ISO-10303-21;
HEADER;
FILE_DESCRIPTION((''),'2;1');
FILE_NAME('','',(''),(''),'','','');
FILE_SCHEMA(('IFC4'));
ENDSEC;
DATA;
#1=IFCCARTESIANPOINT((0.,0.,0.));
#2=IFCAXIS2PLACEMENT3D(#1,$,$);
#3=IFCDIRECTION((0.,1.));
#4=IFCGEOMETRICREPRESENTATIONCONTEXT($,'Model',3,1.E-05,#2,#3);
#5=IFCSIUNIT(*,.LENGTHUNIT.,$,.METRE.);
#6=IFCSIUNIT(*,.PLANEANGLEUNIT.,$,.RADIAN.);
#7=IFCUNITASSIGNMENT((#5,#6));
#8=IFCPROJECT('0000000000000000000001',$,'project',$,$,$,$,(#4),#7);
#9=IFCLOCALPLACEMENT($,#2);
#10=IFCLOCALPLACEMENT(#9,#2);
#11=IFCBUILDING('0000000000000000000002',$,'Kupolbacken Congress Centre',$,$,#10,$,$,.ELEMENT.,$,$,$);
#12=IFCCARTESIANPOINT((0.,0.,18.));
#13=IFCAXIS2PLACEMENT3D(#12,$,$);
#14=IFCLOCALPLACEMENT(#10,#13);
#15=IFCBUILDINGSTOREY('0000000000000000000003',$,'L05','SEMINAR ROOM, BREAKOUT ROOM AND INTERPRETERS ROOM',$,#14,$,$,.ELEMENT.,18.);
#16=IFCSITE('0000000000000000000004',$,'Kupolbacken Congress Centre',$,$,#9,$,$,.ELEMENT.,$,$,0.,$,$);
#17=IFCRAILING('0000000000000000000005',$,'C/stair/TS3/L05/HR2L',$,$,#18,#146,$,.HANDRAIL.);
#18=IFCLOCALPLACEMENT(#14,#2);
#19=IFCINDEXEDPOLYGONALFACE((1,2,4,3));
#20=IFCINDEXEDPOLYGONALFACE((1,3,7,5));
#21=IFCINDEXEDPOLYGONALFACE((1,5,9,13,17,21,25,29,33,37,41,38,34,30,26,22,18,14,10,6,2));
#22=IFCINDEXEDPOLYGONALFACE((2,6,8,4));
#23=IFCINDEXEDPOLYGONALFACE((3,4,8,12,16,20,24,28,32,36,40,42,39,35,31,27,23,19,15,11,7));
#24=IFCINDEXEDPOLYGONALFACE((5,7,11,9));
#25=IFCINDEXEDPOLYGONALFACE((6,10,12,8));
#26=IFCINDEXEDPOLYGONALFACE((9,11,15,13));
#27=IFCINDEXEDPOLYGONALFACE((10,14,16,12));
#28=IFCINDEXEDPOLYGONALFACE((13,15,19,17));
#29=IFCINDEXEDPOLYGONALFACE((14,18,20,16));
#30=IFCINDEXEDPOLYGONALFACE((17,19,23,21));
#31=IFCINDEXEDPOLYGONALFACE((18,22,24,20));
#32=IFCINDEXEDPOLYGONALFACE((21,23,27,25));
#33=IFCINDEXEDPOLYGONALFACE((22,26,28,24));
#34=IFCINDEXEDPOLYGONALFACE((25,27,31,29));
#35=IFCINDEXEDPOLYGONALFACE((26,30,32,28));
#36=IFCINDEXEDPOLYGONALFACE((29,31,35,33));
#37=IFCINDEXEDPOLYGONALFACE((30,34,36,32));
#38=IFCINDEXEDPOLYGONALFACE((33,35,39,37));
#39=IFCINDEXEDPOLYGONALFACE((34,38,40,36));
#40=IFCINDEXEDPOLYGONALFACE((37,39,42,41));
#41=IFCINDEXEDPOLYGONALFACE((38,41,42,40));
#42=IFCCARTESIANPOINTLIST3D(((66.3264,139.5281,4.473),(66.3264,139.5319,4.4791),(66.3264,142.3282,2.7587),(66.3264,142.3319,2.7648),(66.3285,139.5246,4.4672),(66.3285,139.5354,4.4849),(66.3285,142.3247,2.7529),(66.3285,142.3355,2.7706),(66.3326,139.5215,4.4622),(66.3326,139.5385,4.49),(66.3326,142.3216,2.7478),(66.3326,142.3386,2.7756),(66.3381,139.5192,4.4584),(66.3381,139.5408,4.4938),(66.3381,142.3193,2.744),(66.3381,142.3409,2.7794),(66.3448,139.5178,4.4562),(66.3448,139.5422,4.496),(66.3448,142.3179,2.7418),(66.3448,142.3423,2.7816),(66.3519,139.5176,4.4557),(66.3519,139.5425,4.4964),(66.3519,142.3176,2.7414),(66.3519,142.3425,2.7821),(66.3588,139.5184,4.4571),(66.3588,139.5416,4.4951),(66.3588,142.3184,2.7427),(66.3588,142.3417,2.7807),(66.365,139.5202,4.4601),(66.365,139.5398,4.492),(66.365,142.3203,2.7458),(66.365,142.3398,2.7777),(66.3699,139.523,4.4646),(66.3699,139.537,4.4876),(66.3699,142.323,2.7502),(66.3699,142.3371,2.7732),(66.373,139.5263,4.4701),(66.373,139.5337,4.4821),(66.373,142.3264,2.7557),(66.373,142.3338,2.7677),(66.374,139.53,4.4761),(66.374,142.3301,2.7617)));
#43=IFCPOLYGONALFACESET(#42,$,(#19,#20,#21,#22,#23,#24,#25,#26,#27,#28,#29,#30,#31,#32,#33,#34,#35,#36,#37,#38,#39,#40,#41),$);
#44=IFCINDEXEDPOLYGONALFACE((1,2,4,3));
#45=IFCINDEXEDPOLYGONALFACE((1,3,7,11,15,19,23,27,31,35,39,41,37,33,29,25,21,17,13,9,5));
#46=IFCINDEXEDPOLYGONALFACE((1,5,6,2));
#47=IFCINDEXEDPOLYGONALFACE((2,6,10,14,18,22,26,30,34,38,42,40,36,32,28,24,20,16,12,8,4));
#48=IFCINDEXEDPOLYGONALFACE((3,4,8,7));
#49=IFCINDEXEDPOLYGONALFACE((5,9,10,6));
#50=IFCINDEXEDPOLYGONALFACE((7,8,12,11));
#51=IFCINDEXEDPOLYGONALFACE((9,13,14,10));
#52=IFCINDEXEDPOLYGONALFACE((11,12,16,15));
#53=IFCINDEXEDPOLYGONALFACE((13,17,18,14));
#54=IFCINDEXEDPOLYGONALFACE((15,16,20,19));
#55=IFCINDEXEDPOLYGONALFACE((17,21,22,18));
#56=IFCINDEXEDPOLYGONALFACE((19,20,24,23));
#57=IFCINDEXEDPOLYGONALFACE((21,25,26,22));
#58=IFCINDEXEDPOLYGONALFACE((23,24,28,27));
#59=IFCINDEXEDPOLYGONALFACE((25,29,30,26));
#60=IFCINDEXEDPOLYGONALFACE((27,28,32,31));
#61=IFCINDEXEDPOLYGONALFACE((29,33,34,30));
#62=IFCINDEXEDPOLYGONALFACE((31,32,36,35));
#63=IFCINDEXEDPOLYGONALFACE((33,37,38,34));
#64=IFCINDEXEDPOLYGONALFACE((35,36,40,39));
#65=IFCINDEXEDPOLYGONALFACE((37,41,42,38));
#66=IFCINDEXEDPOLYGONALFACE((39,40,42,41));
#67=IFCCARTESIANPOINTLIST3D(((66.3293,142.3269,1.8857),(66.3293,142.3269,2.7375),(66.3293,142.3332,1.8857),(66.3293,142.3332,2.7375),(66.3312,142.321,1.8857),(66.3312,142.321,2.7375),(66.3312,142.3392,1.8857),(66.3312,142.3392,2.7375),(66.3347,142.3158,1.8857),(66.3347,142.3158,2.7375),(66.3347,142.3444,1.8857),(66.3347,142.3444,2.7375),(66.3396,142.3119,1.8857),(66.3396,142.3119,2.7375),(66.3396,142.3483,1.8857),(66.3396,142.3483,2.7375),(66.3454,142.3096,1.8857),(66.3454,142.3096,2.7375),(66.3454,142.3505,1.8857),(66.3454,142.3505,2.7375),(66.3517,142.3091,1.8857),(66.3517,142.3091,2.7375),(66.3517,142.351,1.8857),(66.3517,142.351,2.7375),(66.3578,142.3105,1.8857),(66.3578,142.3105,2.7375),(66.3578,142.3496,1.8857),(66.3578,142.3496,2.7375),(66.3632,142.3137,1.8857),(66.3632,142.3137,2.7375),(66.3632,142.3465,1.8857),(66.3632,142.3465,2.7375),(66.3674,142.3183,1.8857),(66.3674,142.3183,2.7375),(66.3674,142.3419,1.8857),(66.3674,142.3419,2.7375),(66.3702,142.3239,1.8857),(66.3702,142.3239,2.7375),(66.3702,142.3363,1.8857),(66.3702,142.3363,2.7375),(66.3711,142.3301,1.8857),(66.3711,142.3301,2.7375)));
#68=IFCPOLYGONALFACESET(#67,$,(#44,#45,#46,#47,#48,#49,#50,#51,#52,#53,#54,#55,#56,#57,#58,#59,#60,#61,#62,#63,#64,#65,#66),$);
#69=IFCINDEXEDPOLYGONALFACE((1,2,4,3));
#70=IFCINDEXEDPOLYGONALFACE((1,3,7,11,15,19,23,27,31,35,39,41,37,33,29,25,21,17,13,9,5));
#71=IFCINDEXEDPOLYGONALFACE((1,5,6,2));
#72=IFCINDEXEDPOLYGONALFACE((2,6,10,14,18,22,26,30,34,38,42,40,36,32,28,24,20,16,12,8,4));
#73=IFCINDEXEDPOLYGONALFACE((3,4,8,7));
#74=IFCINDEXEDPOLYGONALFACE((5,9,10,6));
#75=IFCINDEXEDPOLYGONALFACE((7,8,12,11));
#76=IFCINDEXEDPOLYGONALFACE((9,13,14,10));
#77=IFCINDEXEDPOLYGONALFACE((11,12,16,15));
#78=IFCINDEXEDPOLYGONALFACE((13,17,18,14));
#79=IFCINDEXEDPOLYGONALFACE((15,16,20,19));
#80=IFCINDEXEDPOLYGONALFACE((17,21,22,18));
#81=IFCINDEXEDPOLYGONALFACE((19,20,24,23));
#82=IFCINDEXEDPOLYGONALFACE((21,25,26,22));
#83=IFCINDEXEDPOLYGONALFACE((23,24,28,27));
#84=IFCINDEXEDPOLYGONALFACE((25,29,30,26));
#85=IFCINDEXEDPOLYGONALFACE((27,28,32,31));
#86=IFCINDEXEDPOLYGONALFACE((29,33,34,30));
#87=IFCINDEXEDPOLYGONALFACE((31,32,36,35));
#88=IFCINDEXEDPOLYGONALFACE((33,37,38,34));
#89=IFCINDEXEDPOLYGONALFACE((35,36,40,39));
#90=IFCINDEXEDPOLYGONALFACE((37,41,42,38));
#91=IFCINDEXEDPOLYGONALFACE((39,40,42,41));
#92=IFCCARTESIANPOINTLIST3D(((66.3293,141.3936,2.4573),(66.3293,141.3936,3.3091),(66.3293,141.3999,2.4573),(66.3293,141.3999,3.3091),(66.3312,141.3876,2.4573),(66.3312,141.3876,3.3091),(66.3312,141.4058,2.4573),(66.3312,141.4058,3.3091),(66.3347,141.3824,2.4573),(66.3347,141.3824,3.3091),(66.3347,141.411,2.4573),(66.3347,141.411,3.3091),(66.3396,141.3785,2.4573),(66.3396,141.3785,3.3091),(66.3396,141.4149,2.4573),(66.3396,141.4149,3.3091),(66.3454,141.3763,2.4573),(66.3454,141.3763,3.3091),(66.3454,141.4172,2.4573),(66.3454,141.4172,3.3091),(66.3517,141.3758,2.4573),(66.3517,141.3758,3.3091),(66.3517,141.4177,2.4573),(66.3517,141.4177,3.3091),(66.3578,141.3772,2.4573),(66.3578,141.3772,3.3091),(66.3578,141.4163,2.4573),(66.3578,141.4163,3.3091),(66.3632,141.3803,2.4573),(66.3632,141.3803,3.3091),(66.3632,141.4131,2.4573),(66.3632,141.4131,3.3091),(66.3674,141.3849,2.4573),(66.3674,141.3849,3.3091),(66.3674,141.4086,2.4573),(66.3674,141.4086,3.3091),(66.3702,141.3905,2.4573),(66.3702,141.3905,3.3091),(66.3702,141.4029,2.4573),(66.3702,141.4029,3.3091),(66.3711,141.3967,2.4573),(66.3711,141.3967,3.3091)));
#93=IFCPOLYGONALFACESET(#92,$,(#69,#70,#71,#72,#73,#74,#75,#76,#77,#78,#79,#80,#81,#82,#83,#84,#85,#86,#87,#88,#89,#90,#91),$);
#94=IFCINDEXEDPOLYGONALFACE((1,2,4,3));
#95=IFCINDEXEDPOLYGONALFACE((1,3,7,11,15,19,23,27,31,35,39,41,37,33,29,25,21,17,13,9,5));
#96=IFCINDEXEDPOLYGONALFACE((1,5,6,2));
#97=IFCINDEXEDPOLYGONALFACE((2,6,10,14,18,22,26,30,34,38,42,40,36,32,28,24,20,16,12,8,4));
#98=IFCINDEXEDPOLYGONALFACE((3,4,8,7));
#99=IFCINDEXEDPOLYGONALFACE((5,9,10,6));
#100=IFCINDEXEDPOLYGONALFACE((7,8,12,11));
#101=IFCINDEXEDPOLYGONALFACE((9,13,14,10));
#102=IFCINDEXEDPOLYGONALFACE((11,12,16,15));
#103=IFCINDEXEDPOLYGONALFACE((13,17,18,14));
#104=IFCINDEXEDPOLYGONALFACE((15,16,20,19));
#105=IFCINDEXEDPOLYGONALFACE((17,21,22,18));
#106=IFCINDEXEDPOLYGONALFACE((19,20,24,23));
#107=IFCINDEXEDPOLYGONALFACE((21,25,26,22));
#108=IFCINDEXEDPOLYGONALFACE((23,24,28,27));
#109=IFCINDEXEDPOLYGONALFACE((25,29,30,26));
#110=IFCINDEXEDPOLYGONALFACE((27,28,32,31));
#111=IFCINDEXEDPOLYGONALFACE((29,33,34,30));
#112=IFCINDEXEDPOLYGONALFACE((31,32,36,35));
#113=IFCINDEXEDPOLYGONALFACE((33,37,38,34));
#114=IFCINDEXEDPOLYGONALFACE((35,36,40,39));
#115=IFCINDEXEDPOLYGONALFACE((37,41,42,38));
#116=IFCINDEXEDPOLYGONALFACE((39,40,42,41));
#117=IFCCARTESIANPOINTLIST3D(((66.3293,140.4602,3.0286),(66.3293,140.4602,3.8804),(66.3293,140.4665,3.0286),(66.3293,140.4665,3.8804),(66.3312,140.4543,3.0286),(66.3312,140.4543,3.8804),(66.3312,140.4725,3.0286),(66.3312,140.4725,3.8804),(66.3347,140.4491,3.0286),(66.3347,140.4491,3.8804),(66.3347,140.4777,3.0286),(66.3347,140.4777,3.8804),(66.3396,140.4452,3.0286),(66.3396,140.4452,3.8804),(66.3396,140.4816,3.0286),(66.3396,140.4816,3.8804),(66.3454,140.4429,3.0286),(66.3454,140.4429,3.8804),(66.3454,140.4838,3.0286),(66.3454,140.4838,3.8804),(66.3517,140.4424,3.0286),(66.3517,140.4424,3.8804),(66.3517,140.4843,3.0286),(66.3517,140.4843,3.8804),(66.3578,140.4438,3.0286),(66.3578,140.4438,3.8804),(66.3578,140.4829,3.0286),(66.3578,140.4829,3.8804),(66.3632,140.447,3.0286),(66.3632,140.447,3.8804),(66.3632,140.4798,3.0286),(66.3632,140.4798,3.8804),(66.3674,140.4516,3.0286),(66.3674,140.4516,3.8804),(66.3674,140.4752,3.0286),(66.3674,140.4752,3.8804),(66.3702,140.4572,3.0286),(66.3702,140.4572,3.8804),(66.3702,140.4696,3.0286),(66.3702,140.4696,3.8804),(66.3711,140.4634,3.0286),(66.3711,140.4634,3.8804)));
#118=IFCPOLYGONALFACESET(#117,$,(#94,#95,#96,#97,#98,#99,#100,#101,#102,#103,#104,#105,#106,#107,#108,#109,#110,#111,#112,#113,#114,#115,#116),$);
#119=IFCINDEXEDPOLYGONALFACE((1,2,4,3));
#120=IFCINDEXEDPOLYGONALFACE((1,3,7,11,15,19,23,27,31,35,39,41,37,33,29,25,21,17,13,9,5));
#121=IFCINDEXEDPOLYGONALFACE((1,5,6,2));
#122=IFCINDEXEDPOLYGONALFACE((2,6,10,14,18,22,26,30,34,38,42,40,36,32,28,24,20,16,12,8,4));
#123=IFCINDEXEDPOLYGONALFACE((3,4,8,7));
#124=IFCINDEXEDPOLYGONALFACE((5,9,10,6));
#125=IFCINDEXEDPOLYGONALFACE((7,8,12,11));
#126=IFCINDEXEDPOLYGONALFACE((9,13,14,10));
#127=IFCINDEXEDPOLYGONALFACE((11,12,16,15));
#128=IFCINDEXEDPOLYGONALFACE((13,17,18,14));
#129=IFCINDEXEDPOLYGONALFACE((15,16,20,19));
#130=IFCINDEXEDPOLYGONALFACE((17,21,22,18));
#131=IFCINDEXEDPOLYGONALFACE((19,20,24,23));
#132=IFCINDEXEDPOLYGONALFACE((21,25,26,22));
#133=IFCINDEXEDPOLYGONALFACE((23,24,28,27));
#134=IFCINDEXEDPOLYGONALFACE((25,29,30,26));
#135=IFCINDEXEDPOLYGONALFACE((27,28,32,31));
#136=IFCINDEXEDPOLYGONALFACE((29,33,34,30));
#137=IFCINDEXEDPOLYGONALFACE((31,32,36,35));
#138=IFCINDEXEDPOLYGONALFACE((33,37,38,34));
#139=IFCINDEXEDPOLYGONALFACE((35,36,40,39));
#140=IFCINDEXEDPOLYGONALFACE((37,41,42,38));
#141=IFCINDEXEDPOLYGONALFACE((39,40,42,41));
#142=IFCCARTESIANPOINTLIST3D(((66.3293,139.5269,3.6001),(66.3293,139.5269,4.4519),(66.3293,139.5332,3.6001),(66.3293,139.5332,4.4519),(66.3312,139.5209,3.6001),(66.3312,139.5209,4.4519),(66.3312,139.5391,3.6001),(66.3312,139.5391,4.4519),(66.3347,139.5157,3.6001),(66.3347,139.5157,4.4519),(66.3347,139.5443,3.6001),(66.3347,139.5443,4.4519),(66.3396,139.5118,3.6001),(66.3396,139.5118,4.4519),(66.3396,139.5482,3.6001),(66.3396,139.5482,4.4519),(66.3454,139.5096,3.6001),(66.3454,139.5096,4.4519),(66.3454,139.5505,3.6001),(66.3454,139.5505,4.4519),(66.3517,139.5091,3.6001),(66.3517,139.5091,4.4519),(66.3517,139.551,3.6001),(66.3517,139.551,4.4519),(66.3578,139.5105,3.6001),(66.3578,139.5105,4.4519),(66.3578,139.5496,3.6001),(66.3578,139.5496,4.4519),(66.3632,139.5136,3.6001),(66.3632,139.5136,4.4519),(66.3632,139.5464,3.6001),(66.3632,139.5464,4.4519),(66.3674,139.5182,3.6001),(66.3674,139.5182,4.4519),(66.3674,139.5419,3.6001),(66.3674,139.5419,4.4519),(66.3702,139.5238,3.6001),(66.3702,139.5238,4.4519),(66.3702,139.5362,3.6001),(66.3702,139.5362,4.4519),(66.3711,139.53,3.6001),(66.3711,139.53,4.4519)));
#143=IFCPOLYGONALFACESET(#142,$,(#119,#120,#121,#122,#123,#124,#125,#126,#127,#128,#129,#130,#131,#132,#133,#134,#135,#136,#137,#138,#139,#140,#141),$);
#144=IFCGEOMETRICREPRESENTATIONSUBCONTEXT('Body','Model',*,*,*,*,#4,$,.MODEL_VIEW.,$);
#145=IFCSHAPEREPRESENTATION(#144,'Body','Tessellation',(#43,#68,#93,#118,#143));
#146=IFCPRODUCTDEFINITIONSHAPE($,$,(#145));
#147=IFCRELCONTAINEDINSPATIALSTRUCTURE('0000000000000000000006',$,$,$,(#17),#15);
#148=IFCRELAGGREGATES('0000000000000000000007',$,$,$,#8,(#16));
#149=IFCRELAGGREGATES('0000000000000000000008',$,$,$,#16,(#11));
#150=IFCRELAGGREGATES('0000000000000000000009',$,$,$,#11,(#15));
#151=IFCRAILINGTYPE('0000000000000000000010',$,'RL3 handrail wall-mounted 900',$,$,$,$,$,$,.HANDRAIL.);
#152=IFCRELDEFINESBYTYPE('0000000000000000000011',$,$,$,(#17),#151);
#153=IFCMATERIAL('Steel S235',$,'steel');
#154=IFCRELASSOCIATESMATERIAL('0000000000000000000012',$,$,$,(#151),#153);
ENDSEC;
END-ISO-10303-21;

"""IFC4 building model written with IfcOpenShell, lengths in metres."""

from ifc_helpers import new_model, si_unit, direction, frame, origin, origin_2d, place, context, subcontext, project, spatial, circle, extrude, material, type_object, element, save


model = new_model("IFC4")

# Units and contexts
model_context = context("Model", 3, precision=1e-05, world=origin(), true_north=direction((0.0, 1.0)))
body_context = subcontext(model_context, "Body", "Model", "MODEL_VIEW")
ifc_project = project(units=[si_unit("LENGTHUNIT", "METRE"), si_unit("PLANEANGLEUNIT", "RADIAN")], contexts=[model_context])

# Site, building, storey
site_placement = place(None, origin())
site = spatial("IfcSite", under=ifc_project, at=site_placement, Name="Kupolbacken Congress Centre", CompositionType="ELEMENT", RefElevation=0.0)
building_placement = place(site_placement, origin())
building = spatial("IfcBuilding", under=site, at=building_placement, Name="Kupolbacken Congress Centre", CompositionType="ELEMENT")
storey_placement = place(building_placement, frame((0.0, 0.0, 18.0)))
storey = spatial("IfcBuildingStorey", under=building, at=storey_placement, Name="L05", Description="SEMINAR ROOM, BREAKOUT ROOM AND INTERPRETERS ROOM", CompositionType="ELEMENT", Elevation=18.0)

# Railing
ifc_material_1 = material(Name="Steel S235", Category="steel")
railing_type = type_object("IfcRailingType", Name="RL3 handrail wall-mounted 900", PredefinedType="HANDRAIL", material=ifc_material_1)
for number, where, name in (
    (1, (66.3501, 142.3301, 1.8857), "C/stair/TS3/L05/HR2L"),
):
    element("IfcRailing", number, at=place(storey_placement, frame(where)), inside=storey, type_object=railing_type, Name=name, PredefinedType="HANDRAIL", context=body_context, shape_type="SweptSolid", body=[
        extrude(circle(Radius=0.0239, at=origin_2d()), frame((0.0, 0.0, 0.876), z_axis=(0.0, -0.852846, 0.522163), x_axis=(1.0, 0.0, 0.0)), (0.0, 0.0, 1.0), 3.2832),
        extrude(circle(Radius=0.021, at=origin_2d()), origin(), (0.0, 0.0, 1.0), 0.8518),
        extrude(circle(Radius=0.021, at=origin_2d()), frame((0.0, -0.9333, 0.5715)), (0.0, 0.0, 1.0), 0.8518),
        extrude(circle(Radius=0.021, at=origin_2d()), frame((0.0, -1.8667, 1.1428)), (0.0, 0.0, 1.0), 0.8518),
        extrude(circle(Radius=0.021, at=origin_2d()), frame((0.0, -2.8, 1.7144)), (0.0, 0.0, 1.0), 0.8518),
    ])

save(model, "model.ifc")
